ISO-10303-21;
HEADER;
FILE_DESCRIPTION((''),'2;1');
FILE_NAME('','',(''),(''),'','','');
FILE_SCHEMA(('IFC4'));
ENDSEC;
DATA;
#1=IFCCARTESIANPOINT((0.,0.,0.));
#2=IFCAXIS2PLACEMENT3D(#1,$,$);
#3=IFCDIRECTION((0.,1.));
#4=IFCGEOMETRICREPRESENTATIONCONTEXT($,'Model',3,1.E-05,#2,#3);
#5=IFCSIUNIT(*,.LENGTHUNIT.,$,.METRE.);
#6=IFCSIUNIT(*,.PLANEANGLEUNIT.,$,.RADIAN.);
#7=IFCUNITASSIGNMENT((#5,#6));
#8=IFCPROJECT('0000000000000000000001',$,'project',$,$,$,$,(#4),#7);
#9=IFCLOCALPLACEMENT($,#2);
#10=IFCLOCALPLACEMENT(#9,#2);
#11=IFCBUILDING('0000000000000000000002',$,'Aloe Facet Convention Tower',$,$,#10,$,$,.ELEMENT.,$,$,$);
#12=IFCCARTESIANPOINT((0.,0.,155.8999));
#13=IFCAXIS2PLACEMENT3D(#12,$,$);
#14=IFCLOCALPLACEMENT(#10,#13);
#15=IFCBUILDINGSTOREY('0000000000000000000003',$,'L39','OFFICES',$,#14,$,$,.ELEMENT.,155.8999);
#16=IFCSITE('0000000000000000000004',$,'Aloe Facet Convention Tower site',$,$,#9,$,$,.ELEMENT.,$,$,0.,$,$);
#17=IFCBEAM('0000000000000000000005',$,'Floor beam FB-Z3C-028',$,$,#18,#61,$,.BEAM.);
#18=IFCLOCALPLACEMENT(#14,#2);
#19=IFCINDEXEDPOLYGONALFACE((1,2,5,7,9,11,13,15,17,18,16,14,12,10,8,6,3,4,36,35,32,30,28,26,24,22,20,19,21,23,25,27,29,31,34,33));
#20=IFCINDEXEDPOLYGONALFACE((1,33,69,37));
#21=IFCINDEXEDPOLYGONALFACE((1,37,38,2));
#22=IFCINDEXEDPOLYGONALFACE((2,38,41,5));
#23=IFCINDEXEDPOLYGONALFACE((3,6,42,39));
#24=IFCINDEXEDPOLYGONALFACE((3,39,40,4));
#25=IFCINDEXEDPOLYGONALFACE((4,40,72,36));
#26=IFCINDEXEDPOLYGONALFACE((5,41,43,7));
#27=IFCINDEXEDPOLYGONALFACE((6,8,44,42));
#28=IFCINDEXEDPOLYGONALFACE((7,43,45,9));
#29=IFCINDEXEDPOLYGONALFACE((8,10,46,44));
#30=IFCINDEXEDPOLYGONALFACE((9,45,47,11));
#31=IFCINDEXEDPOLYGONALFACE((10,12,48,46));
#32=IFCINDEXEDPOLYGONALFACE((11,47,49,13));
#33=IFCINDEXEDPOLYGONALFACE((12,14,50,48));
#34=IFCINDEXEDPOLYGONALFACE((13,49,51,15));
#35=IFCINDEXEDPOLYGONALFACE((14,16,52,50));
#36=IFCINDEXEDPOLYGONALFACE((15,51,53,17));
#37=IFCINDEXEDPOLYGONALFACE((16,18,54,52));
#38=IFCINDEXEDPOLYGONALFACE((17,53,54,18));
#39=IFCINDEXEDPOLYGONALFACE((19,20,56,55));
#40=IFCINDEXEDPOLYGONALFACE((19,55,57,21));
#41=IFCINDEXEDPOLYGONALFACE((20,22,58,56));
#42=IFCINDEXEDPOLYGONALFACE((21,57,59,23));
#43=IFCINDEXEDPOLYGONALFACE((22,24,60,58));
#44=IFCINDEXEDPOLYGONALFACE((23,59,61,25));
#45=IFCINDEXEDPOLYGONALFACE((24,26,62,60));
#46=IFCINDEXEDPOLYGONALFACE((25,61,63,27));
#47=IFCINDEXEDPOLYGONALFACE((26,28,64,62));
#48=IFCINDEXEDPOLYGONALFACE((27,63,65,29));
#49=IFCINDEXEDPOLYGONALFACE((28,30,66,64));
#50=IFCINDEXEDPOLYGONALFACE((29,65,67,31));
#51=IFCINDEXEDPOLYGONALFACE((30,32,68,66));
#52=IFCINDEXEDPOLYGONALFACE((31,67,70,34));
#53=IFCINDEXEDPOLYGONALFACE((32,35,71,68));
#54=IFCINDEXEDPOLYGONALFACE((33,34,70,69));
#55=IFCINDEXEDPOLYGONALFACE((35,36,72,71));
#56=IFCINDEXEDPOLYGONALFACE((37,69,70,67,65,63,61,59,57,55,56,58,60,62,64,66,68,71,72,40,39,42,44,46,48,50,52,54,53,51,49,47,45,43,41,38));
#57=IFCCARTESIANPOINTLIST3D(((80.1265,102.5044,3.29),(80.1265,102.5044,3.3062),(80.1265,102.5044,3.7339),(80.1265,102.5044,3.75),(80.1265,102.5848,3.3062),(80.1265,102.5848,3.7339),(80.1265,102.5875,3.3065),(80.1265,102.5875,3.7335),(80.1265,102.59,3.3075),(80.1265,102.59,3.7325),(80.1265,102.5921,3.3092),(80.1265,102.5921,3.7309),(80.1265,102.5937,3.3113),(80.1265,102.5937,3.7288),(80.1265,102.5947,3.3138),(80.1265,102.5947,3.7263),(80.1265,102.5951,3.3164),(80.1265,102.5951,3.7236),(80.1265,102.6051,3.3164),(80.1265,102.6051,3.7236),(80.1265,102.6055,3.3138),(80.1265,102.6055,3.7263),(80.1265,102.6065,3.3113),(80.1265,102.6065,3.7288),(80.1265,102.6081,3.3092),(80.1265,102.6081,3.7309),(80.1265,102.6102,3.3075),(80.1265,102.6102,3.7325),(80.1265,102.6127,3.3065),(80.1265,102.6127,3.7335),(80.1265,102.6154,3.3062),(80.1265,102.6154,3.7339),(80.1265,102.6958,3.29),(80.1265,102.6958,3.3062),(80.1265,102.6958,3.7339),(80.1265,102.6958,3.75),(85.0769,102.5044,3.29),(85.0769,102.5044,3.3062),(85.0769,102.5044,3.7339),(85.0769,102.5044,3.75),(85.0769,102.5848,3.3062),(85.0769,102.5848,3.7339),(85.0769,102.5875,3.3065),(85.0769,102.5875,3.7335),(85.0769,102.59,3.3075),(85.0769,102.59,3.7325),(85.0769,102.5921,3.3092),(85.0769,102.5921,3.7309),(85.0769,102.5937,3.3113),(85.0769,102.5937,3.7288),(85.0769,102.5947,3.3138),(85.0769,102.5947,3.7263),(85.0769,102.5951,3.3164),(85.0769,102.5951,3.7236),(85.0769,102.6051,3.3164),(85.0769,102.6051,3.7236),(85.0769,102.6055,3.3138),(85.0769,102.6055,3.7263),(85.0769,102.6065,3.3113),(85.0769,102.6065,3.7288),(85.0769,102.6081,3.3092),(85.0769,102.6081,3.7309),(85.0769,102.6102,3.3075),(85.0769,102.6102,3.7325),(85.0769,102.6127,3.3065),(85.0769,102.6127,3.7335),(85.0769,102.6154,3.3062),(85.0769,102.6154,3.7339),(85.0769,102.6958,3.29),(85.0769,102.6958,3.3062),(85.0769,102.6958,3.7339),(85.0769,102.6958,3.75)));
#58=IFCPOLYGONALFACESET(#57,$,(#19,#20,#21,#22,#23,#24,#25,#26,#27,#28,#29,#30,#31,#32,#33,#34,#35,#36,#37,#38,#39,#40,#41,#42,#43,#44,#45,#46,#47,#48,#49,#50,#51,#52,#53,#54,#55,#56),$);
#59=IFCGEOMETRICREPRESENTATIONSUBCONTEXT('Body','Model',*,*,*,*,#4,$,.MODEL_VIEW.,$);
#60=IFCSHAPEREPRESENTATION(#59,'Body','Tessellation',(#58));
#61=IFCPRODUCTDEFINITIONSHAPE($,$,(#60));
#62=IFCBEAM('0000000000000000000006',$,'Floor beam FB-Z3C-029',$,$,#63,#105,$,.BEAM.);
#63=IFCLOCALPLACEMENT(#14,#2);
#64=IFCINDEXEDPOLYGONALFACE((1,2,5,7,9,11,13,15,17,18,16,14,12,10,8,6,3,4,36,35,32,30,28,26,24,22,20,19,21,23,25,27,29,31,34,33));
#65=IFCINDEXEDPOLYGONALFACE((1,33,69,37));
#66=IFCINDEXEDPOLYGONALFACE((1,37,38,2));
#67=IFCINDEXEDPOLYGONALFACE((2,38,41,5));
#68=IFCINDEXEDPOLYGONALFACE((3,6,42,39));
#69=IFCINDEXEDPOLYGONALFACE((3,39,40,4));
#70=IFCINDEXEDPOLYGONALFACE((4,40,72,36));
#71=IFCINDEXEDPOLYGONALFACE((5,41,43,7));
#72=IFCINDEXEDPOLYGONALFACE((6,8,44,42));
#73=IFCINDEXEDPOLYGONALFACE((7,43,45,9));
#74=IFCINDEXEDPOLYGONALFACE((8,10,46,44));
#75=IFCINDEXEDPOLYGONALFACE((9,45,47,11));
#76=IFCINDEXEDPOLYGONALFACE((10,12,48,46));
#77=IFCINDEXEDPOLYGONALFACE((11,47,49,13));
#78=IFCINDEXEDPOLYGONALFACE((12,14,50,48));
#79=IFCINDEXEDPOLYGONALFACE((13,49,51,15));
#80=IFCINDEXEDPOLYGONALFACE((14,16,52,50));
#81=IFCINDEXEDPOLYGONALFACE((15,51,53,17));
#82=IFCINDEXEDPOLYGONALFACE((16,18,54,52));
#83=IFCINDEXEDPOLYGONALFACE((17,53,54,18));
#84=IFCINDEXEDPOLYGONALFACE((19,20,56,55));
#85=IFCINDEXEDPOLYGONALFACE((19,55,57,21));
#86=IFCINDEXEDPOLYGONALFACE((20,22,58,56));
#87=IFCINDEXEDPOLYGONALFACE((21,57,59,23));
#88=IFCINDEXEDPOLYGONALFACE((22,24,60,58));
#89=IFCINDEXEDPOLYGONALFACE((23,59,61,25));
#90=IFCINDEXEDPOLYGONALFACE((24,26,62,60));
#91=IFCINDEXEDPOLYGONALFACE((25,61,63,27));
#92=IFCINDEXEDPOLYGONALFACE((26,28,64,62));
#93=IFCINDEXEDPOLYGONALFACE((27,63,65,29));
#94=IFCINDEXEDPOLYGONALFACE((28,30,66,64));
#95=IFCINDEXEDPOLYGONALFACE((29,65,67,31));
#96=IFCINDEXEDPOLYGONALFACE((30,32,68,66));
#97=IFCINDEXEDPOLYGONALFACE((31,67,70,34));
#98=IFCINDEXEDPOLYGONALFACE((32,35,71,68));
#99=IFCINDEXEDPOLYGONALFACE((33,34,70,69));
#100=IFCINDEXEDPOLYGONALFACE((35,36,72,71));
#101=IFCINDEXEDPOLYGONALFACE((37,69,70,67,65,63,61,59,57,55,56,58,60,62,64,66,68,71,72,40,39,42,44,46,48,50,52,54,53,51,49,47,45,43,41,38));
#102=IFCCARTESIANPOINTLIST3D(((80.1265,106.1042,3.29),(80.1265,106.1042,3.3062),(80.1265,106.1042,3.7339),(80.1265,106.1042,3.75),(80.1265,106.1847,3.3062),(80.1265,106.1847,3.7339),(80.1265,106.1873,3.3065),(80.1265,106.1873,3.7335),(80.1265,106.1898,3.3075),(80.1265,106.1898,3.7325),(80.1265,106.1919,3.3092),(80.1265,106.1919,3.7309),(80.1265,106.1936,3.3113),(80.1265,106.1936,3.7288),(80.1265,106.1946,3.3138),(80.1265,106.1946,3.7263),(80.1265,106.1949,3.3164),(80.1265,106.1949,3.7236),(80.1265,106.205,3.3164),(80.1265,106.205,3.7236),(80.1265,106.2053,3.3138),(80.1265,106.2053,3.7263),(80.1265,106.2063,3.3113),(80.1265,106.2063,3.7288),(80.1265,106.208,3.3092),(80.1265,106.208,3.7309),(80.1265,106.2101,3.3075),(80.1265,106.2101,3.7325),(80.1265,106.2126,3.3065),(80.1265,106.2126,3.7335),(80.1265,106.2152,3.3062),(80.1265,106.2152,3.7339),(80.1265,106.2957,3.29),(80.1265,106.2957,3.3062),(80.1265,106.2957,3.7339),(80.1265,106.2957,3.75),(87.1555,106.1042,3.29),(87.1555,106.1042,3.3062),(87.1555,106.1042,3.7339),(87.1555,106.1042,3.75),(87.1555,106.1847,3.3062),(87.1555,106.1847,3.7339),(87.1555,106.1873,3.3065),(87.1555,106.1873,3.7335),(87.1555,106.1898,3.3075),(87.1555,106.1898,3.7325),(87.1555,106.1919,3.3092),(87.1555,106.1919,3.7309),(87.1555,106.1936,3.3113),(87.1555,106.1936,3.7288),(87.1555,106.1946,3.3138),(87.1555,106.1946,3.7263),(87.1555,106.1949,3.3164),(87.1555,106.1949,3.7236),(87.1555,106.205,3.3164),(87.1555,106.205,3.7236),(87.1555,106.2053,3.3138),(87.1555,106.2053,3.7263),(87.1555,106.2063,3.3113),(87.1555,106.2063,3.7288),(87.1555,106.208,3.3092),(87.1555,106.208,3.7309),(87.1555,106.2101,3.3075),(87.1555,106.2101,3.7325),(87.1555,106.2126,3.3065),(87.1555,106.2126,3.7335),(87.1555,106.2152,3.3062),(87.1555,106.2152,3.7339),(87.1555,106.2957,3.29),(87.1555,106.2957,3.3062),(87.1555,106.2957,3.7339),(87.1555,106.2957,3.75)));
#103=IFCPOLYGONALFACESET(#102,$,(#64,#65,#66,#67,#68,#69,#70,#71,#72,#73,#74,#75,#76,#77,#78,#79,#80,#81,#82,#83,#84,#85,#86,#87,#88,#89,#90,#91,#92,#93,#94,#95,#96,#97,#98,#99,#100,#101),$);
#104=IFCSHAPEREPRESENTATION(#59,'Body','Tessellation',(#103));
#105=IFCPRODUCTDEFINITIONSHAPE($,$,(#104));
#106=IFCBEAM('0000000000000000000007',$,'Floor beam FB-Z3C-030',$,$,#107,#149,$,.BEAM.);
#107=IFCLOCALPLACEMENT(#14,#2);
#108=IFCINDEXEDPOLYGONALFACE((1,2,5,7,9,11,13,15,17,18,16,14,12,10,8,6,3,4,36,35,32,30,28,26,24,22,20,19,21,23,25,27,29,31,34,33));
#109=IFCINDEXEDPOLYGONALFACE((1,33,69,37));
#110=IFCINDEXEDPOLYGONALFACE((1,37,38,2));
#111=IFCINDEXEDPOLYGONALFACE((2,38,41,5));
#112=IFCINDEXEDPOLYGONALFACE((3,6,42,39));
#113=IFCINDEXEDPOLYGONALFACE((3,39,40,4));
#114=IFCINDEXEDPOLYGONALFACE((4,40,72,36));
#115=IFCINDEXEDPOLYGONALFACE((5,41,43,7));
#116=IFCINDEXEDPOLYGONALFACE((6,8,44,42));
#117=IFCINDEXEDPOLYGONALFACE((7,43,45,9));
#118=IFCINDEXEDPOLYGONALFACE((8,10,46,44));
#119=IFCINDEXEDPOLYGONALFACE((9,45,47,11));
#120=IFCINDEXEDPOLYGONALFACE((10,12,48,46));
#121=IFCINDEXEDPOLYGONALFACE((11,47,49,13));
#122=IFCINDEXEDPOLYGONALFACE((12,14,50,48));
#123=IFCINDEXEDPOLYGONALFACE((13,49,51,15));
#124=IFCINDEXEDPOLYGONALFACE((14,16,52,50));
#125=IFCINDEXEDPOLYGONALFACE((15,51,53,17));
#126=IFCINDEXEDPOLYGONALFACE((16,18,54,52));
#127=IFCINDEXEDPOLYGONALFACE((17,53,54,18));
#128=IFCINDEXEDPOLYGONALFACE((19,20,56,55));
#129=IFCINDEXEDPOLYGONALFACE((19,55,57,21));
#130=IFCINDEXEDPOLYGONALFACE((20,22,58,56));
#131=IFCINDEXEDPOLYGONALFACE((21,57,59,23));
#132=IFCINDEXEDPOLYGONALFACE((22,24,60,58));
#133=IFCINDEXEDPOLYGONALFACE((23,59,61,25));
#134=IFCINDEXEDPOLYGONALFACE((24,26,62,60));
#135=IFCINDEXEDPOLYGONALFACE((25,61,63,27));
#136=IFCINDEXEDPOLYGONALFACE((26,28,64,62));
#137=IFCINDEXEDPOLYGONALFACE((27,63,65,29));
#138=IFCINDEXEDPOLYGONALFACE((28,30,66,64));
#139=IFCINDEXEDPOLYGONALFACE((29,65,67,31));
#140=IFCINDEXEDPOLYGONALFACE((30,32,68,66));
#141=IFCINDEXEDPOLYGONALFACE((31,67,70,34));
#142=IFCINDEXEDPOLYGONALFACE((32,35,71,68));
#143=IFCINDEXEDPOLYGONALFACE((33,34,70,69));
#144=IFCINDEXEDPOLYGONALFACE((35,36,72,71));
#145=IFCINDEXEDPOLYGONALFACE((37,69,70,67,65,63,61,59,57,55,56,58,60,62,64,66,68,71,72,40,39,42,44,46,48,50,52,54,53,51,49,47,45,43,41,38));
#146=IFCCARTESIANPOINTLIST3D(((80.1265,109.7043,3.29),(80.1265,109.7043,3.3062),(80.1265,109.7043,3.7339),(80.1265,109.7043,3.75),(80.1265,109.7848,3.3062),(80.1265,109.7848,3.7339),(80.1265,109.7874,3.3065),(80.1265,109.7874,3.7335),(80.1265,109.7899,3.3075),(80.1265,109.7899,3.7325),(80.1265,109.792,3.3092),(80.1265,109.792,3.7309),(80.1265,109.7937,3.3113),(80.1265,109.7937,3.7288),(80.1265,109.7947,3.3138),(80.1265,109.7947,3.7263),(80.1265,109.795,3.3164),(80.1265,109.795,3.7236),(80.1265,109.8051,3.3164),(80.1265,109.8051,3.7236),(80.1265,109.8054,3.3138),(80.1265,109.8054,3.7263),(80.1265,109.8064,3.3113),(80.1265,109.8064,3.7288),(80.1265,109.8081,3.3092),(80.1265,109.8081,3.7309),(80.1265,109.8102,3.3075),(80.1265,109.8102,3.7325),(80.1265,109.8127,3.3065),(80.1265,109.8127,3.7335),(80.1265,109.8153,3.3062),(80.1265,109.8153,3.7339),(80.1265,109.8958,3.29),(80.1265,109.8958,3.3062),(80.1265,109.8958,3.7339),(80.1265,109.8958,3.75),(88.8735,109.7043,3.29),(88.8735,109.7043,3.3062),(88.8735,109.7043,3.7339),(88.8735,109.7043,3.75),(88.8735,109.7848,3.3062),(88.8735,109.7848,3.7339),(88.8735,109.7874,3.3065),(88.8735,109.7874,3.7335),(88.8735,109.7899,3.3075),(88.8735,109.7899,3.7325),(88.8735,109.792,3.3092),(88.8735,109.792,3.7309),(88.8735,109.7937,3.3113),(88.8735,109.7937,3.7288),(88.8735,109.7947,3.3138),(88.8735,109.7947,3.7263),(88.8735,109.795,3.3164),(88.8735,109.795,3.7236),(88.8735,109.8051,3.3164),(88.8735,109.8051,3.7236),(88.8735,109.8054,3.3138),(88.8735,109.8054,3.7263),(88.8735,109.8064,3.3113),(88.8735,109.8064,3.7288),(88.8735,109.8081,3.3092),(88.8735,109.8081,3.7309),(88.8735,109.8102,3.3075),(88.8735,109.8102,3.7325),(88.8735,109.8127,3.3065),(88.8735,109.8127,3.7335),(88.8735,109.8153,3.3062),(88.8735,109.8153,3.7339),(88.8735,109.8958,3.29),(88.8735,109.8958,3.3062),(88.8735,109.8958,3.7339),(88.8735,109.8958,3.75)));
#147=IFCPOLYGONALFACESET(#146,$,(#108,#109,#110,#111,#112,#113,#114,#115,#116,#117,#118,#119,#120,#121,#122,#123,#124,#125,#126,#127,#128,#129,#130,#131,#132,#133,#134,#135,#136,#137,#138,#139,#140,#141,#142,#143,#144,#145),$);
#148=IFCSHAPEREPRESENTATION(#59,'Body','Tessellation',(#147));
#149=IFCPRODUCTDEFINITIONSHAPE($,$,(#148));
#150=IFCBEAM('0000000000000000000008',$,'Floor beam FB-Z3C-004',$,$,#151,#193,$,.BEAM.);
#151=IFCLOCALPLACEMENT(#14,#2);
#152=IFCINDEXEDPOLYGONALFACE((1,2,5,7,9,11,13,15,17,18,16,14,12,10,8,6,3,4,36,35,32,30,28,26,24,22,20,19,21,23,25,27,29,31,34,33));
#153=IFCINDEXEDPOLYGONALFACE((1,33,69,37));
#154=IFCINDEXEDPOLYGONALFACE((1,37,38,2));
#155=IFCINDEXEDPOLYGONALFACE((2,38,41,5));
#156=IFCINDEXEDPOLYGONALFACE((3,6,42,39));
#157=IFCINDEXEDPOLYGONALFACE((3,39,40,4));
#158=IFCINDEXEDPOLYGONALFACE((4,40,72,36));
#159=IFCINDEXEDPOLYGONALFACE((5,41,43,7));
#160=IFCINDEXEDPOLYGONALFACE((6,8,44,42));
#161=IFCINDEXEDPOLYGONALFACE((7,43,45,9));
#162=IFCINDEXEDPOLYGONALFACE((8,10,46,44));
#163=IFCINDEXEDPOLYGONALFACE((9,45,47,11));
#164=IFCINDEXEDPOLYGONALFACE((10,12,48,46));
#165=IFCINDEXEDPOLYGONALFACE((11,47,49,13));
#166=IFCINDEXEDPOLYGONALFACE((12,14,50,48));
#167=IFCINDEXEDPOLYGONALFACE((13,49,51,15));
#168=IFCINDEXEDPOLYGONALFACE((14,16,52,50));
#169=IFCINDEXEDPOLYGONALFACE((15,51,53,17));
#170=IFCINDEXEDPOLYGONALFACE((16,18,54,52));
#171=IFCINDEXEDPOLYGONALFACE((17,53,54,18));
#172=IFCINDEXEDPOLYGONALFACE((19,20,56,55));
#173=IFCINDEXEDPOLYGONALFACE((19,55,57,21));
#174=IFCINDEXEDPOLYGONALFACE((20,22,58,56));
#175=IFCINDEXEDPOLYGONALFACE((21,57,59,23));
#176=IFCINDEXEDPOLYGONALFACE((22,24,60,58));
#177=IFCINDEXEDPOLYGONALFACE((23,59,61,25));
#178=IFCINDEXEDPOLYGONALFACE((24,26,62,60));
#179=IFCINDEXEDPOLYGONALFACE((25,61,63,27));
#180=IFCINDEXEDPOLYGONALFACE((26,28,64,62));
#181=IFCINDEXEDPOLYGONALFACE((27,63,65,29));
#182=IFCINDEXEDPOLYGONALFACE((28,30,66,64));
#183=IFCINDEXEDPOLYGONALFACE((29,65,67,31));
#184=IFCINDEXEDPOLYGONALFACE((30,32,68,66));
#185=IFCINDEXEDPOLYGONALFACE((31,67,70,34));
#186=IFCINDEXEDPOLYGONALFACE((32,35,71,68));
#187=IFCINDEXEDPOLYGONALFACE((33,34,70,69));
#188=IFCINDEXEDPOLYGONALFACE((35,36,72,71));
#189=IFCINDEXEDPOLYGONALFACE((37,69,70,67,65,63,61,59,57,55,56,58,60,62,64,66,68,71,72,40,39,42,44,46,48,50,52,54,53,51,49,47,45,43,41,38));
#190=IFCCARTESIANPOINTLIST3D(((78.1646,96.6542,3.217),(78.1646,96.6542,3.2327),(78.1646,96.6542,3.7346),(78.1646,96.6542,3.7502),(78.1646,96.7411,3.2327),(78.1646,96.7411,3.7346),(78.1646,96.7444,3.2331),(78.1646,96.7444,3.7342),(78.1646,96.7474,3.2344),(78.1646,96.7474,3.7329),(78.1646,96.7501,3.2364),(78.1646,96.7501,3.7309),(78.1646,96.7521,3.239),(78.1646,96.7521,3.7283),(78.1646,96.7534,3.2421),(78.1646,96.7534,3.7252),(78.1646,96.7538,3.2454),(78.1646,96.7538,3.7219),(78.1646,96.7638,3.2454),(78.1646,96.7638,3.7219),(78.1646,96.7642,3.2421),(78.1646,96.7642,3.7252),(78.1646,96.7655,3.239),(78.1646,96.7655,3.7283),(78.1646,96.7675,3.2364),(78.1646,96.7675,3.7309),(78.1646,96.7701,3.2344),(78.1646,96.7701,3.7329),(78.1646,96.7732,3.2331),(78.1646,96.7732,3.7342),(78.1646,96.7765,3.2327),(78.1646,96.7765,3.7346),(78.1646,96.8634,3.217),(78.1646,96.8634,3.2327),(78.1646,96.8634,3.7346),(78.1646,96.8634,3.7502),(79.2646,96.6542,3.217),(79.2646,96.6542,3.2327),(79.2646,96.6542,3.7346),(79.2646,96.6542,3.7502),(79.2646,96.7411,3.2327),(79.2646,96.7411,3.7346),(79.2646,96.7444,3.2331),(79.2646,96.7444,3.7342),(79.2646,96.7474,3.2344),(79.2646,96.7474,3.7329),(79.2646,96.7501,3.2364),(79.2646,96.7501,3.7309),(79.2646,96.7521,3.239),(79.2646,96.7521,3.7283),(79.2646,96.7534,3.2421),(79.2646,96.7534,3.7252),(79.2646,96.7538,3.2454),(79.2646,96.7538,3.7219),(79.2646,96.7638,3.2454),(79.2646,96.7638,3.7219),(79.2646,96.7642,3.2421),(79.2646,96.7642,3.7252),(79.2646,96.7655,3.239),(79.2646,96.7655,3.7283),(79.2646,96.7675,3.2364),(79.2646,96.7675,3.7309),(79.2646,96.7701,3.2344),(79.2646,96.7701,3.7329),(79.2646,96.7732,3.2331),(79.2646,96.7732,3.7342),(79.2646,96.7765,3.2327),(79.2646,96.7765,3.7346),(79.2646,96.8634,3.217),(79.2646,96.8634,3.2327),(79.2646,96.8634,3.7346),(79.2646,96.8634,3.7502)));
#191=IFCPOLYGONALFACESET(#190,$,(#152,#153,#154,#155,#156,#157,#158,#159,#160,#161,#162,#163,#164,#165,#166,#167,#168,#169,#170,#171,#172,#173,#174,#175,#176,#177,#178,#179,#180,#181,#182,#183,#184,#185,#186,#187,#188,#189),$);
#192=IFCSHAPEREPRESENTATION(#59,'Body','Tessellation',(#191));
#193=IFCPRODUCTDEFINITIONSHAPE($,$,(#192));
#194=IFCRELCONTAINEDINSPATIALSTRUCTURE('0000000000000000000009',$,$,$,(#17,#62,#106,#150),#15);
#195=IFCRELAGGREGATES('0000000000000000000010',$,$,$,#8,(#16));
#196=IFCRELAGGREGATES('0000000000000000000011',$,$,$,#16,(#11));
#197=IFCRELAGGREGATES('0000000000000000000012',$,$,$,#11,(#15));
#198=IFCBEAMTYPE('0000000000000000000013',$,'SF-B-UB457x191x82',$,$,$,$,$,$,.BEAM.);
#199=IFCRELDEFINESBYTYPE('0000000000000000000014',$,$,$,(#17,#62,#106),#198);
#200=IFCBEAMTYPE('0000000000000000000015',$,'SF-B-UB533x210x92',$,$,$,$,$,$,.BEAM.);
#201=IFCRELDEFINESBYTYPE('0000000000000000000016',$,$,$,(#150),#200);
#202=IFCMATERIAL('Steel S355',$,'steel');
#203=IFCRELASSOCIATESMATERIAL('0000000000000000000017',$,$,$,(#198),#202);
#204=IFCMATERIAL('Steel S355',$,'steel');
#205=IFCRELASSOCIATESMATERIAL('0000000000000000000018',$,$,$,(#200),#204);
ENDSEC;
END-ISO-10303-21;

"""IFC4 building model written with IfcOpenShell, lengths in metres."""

from ifc_helpers import new_model, si_unit, direction, frame, origin, origin_2d, place, context, subcontext, project, spatial, i_section, extrude, material, material_profile, profile_set, type_object, element, save


model = new_model("IFC4")

# Units and contexts
model_context = context("Model", 3, precision=1e-05, world=origin(), true_north=direction((0.0, 1.0)))
body_context = subcontext(model_context, "Body", "Model", "MODEL_VIEW")
ifc_project = project(units=[si_unit("LENGTHUNIT", "METRE"), si_unit("PLANEANGLEUNIT", "RADIAN")], contexts=[model_context])

# Site, building, storey
site_placement = place(None, origin())
site = spatial("IfcSite", under=ifc_project, at=site_placement, Name="Aloe Facet Convention Tower site", CompositionType="ELEMENT", RefElevation=0.0)
building_placement = place(site_placement, origin())
building = spatial("IfcBuilding", under=site, at=building_placement, Name="Aloe Facet Convention Tower", CompositionType="ELEMENT")
storey_placement = place(building_placement, frame((0.0, 0.0, 155.8999)))
storey = spatial("IfcBuildingStorey", under=building, at=storey_placement, Name="L39", Description="OFFICES", CompositionType="ELEMENT", Elevation=155.8999)

# Beams
ifc_material_1 = material(Name="Steel S355", Category="steel")
ifc_material_profile_1 = material_profile(ifc_material_1, i_section(OverallWidth=0.1914, OverallDepth=0.46, WebThickness=0.01, FlangeThickness=0.0161, FilletRadius=0.0103, at=origin_2d()), Name="UB 457x191x82")
ifc_profile_set_1 = profile_set([ifc_material_profile_1], Name="Steel S355")
beam_type_1 = type_object("IfcBeamType", Name="SF-B-UB457x191x82", PredefinedType="BEAM", material=ifc_profile_set_1)
beam_1_placement = place(storey_placement, frame((80.1265, 102.6001, 3.52), z_axis=(1.0, 0.0, 0.0), x_axis=(0.0, 1.0, 0.0)))
element("IfcBeam", 1, at=beam_1_placement, inside=storey, type_object=beam_type_1, Name="Floor beam FB-Z3C-028", PredefinedType="BEAM", context=body_context, shape_type="SweptSolid", body=[
    extrude(i_section(OverallWidth=0.1914, OverallDepth=0.46, WebThickness=0.01, FlangeThickness=0.0161, FilletRadius=0.0103, at=origin_2d()), origin(), (0.0, 0.0, 1.0), 4.9504),
])
beam_2_placement = place(storey_placement, frame((80.1265, 106.2, 3.52), z_axis=(1.0, 0.0, 0.0), x_axis=(0.0, 1.0, 0.0)))
element("IfcBeam", 2, at=beam_2_placement, inside=storey, type_object=beam_type_1, Name="Floor beam FB-Z3C-029", PredefinedType="BEAM", context=body_context, shape_type="SweptSolid", body=[
    extrude(i_section(OverallWidth=0.1914, OverallDepth=0.46, WebThickness=0.01, FlangeThickness=0.0161, FilletRadius=0.0103, at=origin_2d()), origin(), (0.0, 0.0, 1.0), 7.0291),
])
beam_3_placement = place(storey_placement, frame((80.1265, 109.8, 3.52), z_axis=(1.0, 0.0, 0.0), x_axis=(0.0, 1.0, 0.0)))
element("IfcBeam", 3, at=beam_3_placement, inside=storey, type_object=beam_type_1, Name="Floor beam FB-Z3C-030", PredefinedType="BEAM", context=body_context, shape_type="SweptSolid", body=[
    extrude(i_section(OverallWidth=0.1914, OverallDepth=0.46, WebThickness=0.01, FlangeThickness=0.0161, FilletRadius=0.0103, at=origin_2d()), origin(), (0.0, 0.0, 1.0), 8.7471),
])
ifc_material_2 = material(Name="Steel S355", Category="steel")
ifc_material_profile_2 = material_profile(ifc_material_2, i_section(OverallWidth=0.2092, OverallDepth=0.5332, WebThickness=0.01, FlangeThickness=0.0156, FilletRadius=0.0127, at=origin_2d()), Name="UB 533x210x92")
ifc_profile_set_2 = profile_set([ifc_material_profile_2], Name="Steel S355")
beam_type_2 = type_object("IfcBeamType", Name="SF-B-UB533x210x92", PredefinedType="BEAM", material=ifc_profile_set_2)
for number, where, z_axis, x_axis, name in (
    (4, (79.2646, 96.7588, 3.4836), (-1.0, 0.0, 0.0), (0.0, -1.0, 0.0), "Floor beam FB-Z3C-004"),
):
    element("IfcBeam", number, at=place(storey_placement, frame(where, z_axis=z_axis, x_axis=x_axis)), inside=storey, type_object=beam_type_2, Name=name, PredefinedType="BEAM", context=body_context, shape_type="SweptSolid", body=[
        extrude(i_section(OverallWidth=0.2092, OverallDepth=0.5332, WebThickness=0.01, FlangeThickness=0.0156, FilletRadius=0.0127, at=origin_2d()), origin(), (0.0, 0.0, 1.0), 1.1001),
    ])

save(model, "model.ifc")
